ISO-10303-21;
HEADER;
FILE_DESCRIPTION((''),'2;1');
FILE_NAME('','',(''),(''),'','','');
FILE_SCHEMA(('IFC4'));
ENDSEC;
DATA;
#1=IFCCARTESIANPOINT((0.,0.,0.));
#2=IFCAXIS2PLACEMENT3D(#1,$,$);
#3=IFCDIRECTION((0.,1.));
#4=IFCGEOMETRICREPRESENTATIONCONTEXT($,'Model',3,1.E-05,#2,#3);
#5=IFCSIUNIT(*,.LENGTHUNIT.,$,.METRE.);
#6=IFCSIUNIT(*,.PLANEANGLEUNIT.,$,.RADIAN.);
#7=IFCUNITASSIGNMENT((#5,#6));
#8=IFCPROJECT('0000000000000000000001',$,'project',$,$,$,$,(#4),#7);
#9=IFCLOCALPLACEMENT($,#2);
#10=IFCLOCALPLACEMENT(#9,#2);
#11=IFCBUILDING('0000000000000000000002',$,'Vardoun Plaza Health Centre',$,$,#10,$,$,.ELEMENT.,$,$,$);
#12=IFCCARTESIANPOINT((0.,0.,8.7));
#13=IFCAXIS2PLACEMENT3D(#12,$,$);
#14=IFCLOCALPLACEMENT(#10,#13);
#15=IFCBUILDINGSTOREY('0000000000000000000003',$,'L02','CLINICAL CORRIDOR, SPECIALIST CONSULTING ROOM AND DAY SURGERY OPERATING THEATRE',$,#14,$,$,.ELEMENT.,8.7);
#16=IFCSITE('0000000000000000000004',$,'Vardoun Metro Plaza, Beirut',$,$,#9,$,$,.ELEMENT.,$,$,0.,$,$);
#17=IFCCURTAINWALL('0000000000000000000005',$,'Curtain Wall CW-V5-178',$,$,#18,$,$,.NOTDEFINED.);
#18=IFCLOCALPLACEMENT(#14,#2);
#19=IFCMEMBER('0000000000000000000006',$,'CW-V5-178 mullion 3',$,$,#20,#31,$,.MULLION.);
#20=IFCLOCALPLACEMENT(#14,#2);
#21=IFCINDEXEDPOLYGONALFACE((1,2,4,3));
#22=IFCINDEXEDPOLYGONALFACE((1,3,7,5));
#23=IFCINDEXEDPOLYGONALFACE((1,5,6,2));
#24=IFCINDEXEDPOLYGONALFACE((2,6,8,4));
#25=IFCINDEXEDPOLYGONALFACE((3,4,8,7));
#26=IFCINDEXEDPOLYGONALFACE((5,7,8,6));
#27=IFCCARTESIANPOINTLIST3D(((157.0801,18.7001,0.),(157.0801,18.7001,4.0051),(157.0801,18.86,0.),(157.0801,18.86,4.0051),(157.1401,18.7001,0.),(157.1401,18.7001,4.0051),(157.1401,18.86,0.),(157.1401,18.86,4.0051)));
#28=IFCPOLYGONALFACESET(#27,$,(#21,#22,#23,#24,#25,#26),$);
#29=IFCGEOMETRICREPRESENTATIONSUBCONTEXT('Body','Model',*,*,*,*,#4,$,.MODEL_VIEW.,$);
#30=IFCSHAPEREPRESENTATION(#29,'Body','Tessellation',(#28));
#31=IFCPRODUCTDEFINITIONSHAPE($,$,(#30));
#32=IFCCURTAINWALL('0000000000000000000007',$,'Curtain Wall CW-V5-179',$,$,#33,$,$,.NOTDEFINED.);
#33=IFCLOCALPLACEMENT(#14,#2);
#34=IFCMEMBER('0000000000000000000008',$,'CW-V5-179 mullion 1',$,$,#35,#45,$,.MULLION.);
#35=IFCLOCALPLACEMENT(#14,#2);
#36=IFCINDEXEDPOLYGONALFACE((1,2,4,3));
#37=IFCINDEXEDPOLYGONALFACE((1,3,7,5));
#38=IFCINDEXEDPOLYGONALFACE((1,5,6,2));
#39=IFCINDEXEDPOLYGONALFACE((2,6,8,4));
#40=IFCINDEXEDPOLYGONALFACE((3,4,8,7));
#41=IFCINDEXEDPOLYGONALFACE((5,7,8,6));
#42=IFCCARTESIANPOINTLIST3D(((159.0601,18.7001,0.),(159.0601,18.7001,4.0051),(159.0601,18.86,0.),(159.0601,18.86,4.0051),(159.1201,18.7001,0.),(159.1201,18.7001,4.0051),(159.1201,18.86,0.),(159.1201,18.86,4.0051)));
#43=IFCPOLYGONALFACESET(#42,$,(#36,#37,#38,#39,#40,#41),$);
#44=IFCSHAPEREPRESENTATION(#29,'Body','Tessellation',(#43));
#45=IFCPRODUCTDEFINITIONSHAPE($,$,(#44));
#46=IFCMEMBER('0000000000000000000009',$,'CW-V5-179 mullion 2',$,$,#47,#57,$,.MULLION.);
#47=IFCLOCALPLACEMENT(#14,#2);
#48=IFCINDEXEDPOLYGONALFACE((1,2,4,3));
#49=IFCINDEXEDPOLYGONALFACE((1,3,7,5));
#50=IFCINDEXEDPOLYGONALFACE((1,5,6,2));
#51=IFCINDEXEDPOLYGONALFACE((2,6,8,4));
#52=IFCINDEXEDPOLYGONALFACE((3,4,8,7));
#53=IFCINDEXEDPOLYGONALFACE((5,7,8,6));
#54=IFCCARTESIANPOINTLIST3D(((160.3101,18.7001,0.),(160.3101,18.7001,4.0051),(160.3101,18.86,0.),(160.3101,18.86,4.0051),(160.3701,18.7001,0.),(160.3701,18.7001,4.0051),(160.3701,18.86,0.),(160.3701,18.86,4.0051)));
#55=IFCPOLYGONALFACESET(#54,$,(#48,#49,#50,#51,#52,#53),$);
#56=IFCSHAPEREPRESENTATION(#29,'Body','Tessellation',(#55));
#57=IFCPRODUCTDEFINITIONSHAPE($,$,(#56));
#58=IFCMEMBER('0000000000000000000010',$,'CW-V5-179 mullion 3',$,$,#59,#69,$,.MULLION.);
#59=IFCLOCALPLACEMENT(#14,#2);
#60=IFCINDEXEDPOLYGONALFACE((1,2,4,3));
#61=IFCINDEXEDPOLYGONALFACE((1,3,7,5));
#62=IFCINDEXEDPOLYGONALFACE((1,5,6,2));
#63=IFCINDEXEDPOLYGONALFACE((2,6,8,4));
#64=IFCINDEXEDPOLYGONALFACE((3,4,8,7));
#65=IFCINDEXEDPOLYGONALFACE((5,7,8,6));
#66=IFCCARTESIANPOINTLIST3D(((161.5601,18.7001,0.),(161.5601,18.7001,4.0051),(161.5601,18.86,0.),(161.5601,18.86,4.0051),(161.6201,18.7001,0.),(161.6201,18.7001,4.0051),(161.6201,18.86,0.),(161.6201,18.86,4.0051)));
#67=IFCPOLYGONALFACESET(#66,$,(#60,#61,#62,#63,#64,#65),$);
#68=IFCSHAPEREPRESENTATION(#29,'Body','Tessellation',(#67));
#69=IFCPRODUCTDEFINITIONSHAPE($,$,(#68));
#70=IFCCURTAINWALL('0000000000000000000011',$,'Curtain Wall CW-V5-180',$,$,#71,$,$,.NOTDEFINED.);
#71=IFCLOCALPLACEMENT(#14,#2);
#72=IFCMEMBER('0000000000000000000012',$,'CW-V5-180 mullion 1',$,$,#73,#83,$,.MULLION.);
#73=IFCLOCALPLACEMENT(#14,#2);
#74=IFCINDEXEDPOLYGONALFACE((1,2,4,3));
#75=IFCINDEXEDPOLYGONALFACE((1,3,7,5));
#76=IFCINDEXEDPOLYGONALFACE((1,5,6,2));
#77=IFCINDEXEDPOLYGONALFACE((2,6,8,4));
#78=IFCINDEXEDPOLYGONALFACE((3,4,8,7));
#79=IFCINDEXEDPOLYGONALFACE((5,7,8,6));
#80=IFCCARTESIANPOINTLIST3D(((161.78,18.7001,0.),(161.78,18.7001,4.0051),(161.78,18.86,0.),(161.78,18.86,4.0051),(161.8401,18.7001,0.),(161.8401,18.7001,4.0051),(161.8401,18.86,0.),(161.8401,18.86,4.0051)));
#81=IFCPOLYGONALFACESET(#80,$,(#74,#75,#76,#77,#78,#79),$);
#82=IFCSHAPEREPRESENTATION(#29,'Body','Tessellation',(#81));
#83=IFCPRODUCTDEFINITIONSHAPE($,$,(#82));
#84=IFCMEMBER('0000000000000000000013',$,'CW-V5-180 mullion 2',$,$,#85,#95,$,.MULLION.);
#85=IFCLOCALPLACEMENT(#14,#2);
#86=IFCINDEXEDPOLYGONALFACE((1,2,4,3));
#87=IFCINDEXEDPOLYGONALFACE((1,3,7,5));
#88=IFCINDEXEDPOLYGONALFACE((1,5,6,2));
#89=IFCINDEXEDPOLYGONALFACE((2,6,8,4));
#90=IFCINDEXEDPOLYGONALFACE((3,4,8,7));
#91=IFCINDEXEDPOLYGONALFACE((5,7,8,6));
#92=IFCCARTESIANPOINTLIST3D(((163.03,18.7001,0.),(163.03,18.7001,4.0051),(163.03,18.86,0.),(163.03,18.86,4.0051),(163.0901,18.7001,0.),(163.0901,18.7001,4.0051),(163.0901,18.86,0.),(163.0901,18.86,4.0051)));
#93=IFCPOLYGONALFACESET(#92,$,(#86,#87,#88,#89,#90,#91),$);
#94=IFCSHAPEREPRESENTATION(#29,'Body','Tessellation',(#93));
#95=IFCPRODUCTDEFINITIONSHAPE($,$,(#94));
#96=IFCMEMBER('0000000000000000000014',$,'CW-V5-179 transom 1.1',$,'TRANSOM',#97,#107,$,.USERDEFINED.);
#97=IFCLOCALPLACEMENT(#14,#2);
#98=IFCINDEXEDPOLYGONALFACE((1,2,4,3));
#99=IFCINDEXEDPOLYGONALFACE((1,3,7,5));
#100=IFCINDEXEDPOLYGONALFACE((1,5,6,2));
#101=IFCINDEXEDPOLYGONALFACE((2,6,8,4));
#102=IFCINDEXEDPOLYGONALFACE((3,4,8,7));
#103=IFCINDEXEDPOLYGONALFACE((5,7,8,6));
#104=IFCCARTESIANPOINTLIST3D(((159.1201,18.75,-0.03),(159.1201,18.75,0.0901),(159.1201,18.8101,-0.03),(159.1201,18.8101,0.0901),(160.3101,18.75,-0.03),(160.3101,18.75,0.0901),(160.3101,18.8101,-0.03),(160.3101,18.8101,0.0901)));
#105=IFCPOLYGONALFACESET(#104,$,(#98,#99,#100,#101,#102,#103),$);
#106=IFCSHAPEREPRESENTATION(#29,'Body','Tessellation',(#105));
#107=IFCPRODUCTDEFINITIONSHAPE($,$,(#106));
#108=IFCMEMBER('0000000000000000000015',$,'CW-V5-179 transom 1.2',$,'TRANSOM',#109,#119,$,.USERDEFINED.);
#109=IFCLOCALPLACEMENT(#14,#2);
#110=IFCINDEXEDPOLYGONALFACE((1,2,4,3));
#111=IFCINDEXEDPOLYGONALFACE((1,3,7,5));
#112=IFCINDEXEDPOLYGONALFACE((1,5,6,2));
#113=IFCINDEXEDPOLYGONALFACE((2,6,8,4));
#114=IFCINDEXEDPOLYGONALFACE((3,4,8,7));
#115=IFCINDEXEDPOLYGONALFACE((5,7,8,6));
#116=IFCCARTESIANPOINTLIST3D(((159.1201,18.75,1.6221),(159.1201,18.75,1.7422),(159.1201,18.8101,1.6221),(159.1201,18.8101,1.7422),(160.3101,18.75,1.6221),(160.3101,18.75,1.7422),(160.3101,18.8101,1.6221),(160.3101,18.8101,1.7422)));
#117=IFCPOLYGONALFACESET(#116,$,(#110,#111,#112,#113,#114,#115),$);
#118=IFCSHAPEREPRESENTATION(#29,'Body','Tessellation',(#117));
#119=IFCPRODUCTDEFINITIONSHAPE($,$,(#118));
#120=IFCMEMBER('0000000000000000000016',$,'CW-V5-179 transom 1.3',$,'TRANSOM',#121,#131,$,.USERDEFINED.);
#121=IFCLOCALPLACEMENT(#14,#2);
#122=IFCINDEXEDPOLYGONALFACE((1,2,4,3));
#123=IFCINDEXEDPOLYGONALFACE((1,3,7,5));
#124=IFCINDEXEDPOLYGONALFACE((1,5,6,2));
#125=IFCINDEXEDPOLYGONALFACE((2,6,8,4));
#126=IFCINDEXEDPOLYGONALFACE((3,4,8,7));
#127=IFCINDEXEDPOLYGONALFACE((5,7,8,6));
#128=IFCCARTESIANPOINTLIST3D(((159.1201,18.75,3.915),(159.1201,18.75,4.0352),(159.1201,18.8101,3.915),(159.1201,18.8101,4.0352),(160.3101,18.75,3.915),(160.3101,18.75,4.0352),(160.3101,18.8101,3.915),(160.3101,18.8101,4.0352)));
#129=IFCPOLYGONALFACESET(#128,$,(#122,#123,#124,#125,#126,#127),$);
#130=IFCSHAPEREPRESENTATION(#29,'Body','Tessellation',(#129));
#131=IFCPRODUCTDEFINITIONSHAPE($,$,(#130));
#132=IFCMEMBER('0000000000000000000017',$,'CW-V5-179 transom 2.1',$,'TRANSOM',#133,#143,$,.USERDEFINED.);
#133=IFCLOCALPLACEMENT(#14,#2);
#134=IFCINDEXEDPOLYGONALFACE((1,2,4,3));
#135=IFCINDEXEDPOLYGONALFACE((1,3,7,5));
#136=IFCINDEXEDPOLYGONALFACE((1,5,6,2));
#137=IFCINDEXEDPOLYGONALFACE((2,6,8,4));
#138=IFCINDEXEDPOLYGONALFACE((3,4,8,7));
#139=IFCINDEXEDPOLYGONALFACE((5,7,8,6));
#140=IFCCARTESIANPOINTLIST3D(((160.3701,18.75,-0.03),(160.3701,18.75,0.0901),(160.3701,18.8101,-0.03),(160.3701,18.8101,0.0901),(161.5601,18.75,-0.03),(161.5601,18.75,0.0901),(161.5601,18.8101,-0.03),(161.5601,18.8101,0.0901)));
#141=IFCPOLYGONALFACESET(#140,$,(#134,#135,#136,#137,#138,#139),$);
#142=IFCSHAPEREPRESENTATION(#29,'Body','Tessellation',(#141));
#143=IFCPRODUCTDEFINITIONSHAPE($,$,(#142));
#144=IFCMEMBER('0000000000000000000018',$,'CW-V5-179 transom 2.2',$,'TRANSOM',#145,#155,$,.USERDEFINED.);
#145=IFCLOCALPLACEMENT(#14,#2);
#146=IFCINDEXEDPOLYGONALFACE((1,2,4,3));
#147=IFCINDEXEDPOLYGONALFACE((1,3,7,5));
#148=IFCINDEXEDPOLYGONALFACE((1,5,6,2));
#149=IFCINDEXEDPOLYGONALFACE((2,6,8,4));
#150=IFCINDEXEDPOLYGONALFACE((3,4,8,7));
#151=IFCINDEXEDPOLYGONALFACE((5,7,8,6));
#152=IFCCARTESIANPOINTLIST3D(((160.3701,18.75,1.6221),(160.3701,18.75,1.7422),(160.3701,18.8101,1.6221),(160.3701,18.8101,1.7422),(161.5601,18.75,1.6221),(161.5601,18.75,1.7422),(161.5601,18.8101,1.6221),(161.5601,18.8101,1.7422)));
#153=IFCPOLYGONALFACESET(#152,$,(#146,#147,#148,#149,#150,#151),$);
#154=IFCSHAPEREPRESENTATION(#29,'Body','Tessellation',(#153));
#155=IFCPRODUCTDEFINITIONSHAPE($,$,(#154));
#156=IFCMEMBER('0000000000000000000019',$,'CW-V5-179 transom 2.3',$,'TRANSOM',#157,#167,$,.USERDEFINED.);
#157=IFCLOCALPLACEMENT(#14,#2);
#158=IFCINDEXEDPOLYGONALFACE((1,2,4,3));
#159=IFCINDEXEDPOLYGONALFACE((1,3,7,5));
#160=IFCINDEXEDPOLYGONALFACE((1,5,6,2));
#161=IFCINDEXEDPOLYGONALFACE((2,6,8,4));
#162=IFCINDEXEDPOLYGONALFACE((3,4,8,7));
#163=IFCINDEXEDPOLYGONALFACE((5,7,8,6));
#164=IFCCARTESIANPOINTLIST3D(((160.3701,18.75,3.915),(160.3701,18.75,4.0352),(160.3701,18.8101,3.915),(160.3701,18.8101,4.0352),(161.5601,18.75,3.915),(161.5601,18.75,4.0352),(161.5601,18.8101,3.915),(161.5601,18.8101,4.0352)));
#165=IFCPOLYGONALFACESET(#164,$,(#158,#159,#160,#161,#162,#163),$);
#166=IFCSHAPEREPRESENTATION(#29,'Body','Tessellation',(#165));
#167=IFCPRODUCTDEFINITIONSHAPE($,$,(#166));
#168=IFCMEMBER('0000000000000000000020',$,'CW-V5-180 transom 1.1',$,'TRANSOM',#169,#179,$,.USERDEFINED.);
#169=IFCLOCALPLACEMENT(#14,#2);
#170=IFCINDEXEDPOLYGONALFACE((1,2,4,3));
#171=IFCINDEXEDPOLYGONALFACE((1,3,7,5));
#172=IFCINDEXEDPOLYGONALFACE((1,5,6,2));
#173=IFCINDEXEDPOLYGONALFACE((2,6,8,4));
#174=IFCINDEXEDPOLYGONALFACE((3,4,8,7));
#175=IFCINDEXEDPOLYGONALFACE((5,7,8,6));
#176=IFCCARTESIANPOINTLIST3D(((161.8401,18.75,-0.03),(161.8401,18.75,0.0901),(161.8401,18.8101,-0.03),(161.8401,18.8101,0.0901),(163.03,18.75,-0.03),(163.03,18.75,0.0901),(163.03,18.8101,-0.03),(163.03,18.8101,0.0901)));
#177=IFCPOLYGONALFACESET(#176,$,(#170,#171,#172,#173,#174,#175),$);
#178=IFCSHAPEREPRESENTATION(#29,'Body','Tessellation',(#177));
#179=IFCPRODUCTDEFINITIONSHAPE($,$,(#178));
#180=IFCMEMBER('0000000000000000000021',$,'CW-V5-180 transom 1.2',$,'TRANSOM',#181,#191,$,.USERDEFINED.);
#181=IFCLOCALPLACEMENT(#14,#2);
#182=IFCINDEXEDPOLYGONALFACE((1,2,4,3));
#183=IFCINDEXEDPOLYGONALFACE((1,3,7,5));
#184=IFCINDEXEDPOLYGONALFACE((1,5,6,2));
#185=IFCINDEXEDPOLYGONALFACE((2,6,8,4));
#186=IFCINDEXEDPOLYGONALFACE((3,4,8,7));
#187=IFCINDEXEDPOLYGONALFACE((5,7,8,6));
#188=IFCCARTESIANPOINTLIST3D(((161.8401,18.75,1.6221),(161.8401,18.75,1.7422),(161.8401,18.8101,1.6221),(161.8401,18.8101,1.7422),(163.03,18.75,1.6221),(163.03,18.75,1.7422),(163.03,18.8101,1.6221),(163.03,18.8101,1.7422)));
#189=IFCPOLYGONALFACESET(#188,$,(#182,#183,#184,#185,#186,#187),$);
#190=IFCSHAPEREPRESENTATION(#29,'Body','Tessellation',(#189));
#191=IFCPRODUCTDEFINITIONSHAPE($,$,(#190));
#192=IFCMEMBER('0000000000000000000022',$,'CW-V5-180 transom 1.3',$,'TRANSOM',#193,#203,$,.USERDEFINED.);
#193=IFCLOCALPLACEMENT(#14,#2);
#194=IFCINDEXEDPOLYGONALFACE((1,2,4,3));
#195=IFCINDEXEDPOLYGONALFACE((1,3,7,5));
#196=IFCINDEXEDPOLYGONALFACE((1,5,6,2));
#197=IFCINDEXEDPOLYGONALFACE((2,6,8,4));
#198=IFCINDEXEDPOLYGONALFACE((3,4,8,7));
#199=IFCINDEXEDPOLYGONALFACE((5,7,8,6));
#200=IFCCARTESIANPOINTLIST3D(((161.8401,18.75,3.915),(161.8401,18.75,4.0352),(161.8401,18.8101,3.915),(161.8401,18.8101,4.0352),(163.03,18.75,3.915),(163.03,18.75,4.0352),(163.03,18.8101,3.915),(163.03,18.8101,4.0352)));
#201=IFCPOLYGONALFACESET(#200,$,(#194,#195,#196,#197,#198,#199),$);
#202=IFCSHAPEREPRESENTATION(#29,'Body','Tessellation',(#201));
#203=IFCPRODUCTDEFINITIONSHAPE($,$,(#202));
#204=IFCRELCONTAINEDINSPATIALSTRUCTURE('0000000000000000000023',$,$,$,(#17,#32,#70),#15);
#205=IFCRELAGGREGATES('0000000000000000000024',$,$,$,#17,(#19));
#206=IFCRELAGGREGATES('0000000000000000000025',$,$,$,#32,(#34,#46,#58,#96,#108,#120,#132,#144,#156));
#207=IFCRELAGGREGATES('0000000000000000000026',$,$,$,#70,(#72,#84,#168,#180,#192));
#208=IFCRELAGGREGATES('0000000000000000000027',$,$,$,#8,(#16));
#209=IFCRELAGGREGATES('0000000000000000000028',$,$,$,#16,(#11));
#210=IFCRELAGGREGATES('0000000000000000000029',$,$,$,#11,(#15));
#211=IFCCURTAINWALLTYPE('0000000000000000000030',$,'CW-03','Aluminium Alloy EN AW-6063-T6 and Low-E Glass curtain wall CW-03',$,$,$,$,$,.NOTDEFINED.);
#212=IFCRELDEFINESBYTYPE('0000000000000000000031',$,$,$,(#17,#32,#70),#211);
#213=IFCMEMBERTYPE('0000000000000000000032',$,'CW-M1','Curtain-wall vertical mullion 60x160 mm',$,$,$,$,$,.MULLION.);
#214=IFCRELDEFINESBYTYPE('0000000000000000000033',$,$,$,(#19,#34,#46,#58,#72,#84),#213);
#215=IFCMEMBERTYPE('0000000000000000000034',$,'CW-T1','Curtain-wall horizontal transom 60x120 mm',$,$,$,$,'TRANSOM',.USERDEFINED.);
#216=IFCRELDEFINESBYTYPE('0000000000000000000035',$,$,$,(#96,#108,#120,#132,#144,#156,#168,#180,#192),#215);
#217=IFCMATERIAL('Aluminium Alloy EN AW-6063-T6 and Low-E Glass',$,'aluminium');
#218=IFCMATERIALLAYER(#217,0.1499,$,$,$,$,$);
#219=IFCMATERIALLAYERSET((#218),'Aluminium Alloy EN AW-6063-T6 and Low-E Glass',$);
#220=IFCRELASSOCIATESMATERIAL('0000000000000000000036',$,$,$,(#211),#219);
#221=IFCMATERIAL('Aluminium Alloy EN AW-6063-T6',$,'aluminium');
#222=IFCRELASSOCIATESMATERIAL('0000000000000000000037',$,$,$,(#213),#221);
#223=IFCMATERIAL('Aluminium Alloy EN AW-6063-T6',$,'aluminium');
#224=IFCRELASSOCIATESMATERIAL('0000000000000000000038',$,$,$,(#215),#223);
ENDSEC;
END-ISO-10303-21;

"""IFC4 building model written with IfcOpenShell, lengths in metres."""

from ifc_helpers import new_model, si_unit, direction, frame, origin, origin_2d, place, context, subcontext, project, spatial, rectangle, extrude, material, layer, layer_set, material_profile, profile_set, type_object, element, aggregate, save


model = new_model("IFC4")

# Units and contexts
model_context = context("Model", 3, precision=1e-05, world=origin(), true_north=direction((0.0, 1.0)))
body_context = subcontext(model_context, "Body", "Model", "MODEL_VIEW")
ifc_project = project(units=[si_unit("LENGTHUNIT", "METRE"), si_unit("PLANEANGLEUNIT", "RADIAN")], contexts=[model_context])

# Site, building, storey
site_placement = place(None, origin())
site = spatial("IfcSite", under=ifc_project, at=site_placement, Name="Vardoun Metro Plaza, Beirut", CompositionType="ELEMENT", RefElevation=0.0)
building_placement = place(site_placement, origin())
building = spatial("IfcBuilding", under=site, at=building_placement, Name="Vardoun Plaza Health Centre", CompositionType="ELEMENT")
storey_placement = place(building_placement, frame((0.0, 0.0, 8.7)))
storey = spatial("IfcBuildingStorey", under=building, at=storey_placement, Name="L02", Description="CLINICAL CORRIDOR, SPECIALIST CONSULTING ROOM AND DAY SURGERY OPERATING THEATRE", CompositionType="ELEMENT", Elevation=8.7)

# Curtain wall, member
ifc_material_1 = material(Name="Aluminium Alloy EN AW-6063-T6 and Low-E Glass", Category="aluminium")
ifc_layer_1 = layer(ifc_material_1, 0.1499)
ifc_layer_set_1 = layer_set([ifc_layer_1], Name="Aluminium Alloy EN AW-6063-T6 and Low-E Glass")
curtain_wall_type = type_object("IfcCurtainWallType", Name="CW-03", Description="Aluminium Alloy EN AW-6063-T6 and Low-E Glass curtain wall CW-03", PredefinedType="NOTDEFINED", material=ifc_layer_set_1)
curtain_wall_1_placement = place(storey_placement, origin())
curtain_wall_1 = element("IfcCurtainWall", 1, at=curtain_wall_1_placement, inside=storey, type_object=curtain_wall_type, Name="Curtain Wall CW-V5-178", PredefinedType="NOTDEFINED")
ifc_material_2 = material(Name="Aluminium Alloy EN AW-6063-T6", Category="aluminium")
ifc_material_profile_1 = material_profile(ifc_material_2, rectangle(XDim=0.1599, YDim=0.0601, at=origin_2d()), Name="CWM 60x160")
ifc_profile_set_1 = profile_set([ifc_material_profile_1], Name="Aluminium Alloy EN AW-6063-T6")
member_type_1 = type_object("IfcMemberType", Name="CW-M1", Description="Curtain-wall vertical mullion 60x160 mm", PredefinedType="MULLION", material=ifc_profile_set_1)
member_1_placement = place(storey_placement, frame((157.1101, 18.78, 0.0), z_axis=(0.0, 0.0, 1.0), x_axis=(0.0, 1.0, 0.0)))
member_1 = element("IfcMember", 2, at=member_1_placement, type_object=member_type_1, Name="CW-V5-178 mullion 3", PredefinedType="MULLION", context=body_context, shape_type="SweptSolid", body=[
    extrude(rectangle(XDim=0.1599, YDim=0.0601, at=origin_2d()), origin(), (0.0, 0.0, 1.0), 4.0051),
])

# Curtain walls, members
curtain_wall_2_placement = place(storey_placement, origin())
curtain_wall_2 = element("IfcCurtainWall", 3, at=curtain_wall_2_placement, inside=storey, type_object=curtain_wall_type, Name="Curtain Wall CW-V5-179", PredefinedType="NOTDEFINED")
member_2_placement = place(storey_placement, frame((159.0901, 18.78, 0.0), z_axis=(0.0, 0.0, 1.0), x_axis=(0.0, 1.0, 0.0)))
member_2 = element("IfcMember", 4, at=member_2_placement, type_object=member_type_1, Name="CW-V5-179 mullion 1", PredefinedType="MULLION", context=body_context, shape_type="SweptSolid", body=[
    extrude(rectangle(XDim=0.1599, YDim=0.0601, at=origin_2d()), origin(), (0.0, 0.0, 1.0), 4.0051),
])
member_3_placement = place(storey_placement, frame((160.3401, 18.78, 0.0), z_axis=(0.0, 0.0, 1.0), x_axis=(0.0, 1.0, 0.0)))
member_3 = element("IfcMember", 5, at=member_3_placement, type_object=member_type_1, Name="CW-V5-179 mullion 2", PredefinedType="MULLION", context=body_context, shape_type="SweptSolid", body=[
    extrude(rectangle(XDim=0.1599, YDim=0.0601, at=origin_2d()), origin(), (0.0, 0.0, 1.0), 4.0051),
])
member_4_placement = place(storey_placement, frame((161.5901, 18.78, 0.0), z_axis=(0.0, 0.0, 1.0), x_axis=(0.0, 1.0, 0.0)))
member_4 = element("IfcMember", 6, at=member_4_placement, type_object=member_type_1, Name="CW-V5-179 mullion 3", PredefinedType="MULLION", context=body_context, shape_type="SweptSolid", body=[
    extrude(rectangle(XDim=0.1599, YDim=0.0601, at=origin_2d()), origin(), (0.0, 0.0, 1.0), 4.0051),
])
curtain_wall_3_placement = place(storey_placement, origin())
curtain_wall_3 = element("IfcCurtainWall", 7, at=curtain_wall_3_placement, inside=storey, type_object=curtain_wall_type, Name="Curtain Wall CW-V5-180", PredefinedType="NOTDEFINED")
member_5_placement = place(storey_placement, frame((161.8101, 18.78, 0.0), z_axis=(0.0, 0.0, 1.0), x_axis=(0.0, 1.0, 0.0)))
member_5 = element("IfcMember", 8, at=member_5_placement, type_object=member_type_1, Name="CW-V5-180 mullion 1", PredefinedType="MULLION", context=body_context, shape_type="SweptSolid", body=[
    extrude(rectangle(XDim=0.1599, YDim=0.0601, at=origin_2d()), origin(), (0.0, 0.0, 1.0), 4.0051),
])
member_6_placement = place(storey_placement, frame((163.0601, 18.78, 0.0), z_axis=(0.0, 0.0, 1.0), x_axis=(0.0, 1.0, 0.0)))
member_6 = element("IfcMember", 9, at=member_6_placement, type_object=member_type_1, Name="CW-V5-180 mullion 2", PredefinedType="MULLION", context=body_context, shape_type="SweptSolid", body=[
    extrude(rectangle(XDim=0.1599, YDim=0.0601, at=origin_2d()), origin(), (0.0, 0.0, 1.0), 4.0051),
])

# Members
ifc_material_3 = material(Name="Aluminium Alloy EN AW-6063-T6", Category="aluminium")
ifc_material_profile_2 = material_profile(ifc_material_3, rectangle(XDim=0.0601, YDim=0.1201, at=origin_2d()), Name="CWT 60x120")
ifc_profile_set_2 = profile_set([ifc_material_profile_2], Name="Aluminium Alloy EN AW-6063-T6")
member_type_2 = type_object("IfcMemberType", Name="CW-T1", Description="Curtain-wall horizontal transom 60x120 mm", ElementType="TRANSOM", PredefinedType="USERDEFINED", material=ifc_profile_set_2)
member_7_placement = place(storey_placement, frame((159.1201, 18.78, 0.03), z_axis=(1.0, 0.0, 0.0), x_axis=(0.0, 1.0, 0.0)))
member_7 = element("IfcMember", 10, at=member_7_placement, type_object=member_type_2, Name="CW-V5-179 transom 1.1", ObjectType="TRANSOM", PredefinedType="USERDEFINED", context=body_context, shape_type="SweptSolid", body=[
    extrude(rectangle(XDim=0.0601, YDim=0.1201, at=origin_2d()), origin(), (0.0, 0.0, 1.0), 1.1899),
])
member_8_placement = place(storey_placement, frame((159.1201, 18.78, 1.6821), z_axis=(1.0, 0.0, 0.0), x_axis=(0.0, 1.0, 0.0)))
member_8 = element("IfcMember", 11, at=member_8_placement, type_object=member_type_2, Name="CW-V5-179 transom 1.2", ObjectType="TRANSOM", PredefinedType="USERDEFINED", context=body_context, shape_type="SweptSolid", body=[
    extrude(rectangle(XDim=0.0601, YDim=0.1201, at=origin_2d()), origin(), (0.0, 0.0, 1.0), 1.1899),
])
member_9_placement = place(storey_placement, frame((159.1201, 18.78, 3.9751), z_axis=(1.0, 0.0, 0.0), x_axis=(0.0, 1.0, 0.0)))
member_9 = element("IfcMember", 12, at=member_9_placement, type_object=member_type_2, Name="CW-V5-179 transom 1.3", ObjectType="TRANSOM", PredefinedType="USERDEFINED", context=body_context, shape_type="SweptSolid", body=[
    extrude(rectangle(XDim=0.0601, YDim=0.1201, at=origin_2d()), origin(), (0.0, 0.0, 1.0), 1.1899),
])
member_10_placement = place(storey_placement, frame((160.3701, 18.78, 0.03), z_axis=(1.0, 0.0, 0.0), x_axis=(0.0, 1.0, 0.0)))
member_10 = element("IfcMember", 13, at=member_10_placement, type_object=member_type_2, Name="CW-V5-179 transom 2.1", ObjectType="TRANSOM", PredefinedType="USERDEFINED", context=body_context, shape_type="SweptSolid", body=[
    extrude(rectangle(XDim=0.0601, YDim=0.1201, at=origin_2d()), origin(), (0.0, 0.0, 1.0), 1.1899),
])
member_11_placement = place(storey_placement, frame((160.3701, 18.78, 1.6821), z_axis=(1.0, 0.0, 0.0), x_axis=(0.0, 1.0, 0.0)))
member_11 = element("IfcMember", 14, at=member_11_placement, type_object=member_type_2, Name="CW-V5-179 transom 2.2", ObjectType="TRANSOM", PredefinedType="USERDEFINED", context=body_context, shape_type="SweptSolid", body=[
    extrude(rectangle(XDim=0.0601, YDim=0.1201, at=origin_2d()), origin(), (0.0, 0.0, 1.0), 1.1899),
])
member_12_placement = place(storey_placement, frame((160.3701, 18.78, 3.9751), z_axis=(1.0, 0.0, 0.0), x_axis=(0.0, 1.0, 0.0)))
member_12 = element("IfcMember", 15, at=member_12_placement, type_object=member_type_2, Name="CW-V5-179 transom 2.3", ObjectType="TRANSOM", PredefinedType="USERDEFINED", context=body_context, shape_type="SweptSolid", body=[
    extrude(rectangle(XDim=0.0601, YDim=0.1201, at=origin_2d()), origin(), (0.0, 0.0, 1.0), 1.1899),
])
member_13_placement = place(storey_placement, frame((161.8401, 18.78, 0.03), z_axis=(1.0, 0.0, 0.0), x_axis=(0.0, 1.0, 0.0)))
member_13 = element("IfcMember", 16, at=member_13_placement, type_object=member_type_2, Name="CW-V5-180 transom 1.1", ObjectType="TRANSOM", PredefinedType="USERDEFINED", context=body_context, shape_type="SweptSolid", body=[
    extrude(rectangle(XDim=0.0601, YDim=0.1201, at=origin_2d()), origin(), (0.0, 0.0, 1.0), 1.1899),
])
member_14_placement = place(storey_placement, frame((161.8401, 18.78, 1.6821), z_axis=(1.0, 0.0, 0.0), x_axis=(0.0, 1.0, 0.0)))
member_14 = element("IfcMember", 17, at=member_14_placement, type_object=member_type_2, Name="CW-V5-180 transom 1.2", ObjectType="TRANSOM", PredefinedType="USERDEFINED", context=body_context, shape_type="SweptSolid", body=[
    extrude(rectangle(XDim=0.0601, YDim=0.1201, at=origin_2d()), origin(), (0.0, 0.0, 1.0), 1.1899),
])
member_15_placement = place(storey_placement, frame((161.8401, 18.78, 3.9751), z_axis=(1.0, 0.0, 0.0), x_axis=(0.0, 1.0, 0.0)))
member_15 = element("IfcMember", 18, at=member_15_placement, type_object=member_type_2, Name="CW-V5-180 transom 1.3", ObjectType="TRANSOM", PredefinedType="USERDEFINED", context=body_context, shape_type="SweptSolid", body=[
    extrude(rectangle(XDim=0.0601, YDim=0.1201, at=origin_2d()), origin(), (0.0, 0.0, 1.0), 1.1899),
])

aggregate(curtain_wall_1, [member_1])
aggregate(curtain_wall_2, [member_2, member_3, member_4, member_7, member_8, member_9, member_10, member_11, member_12])
aggregate(curtain_wall_3, [member_5, member_6, member_13, member_14, member_15])

save(model, "model.ifc")
